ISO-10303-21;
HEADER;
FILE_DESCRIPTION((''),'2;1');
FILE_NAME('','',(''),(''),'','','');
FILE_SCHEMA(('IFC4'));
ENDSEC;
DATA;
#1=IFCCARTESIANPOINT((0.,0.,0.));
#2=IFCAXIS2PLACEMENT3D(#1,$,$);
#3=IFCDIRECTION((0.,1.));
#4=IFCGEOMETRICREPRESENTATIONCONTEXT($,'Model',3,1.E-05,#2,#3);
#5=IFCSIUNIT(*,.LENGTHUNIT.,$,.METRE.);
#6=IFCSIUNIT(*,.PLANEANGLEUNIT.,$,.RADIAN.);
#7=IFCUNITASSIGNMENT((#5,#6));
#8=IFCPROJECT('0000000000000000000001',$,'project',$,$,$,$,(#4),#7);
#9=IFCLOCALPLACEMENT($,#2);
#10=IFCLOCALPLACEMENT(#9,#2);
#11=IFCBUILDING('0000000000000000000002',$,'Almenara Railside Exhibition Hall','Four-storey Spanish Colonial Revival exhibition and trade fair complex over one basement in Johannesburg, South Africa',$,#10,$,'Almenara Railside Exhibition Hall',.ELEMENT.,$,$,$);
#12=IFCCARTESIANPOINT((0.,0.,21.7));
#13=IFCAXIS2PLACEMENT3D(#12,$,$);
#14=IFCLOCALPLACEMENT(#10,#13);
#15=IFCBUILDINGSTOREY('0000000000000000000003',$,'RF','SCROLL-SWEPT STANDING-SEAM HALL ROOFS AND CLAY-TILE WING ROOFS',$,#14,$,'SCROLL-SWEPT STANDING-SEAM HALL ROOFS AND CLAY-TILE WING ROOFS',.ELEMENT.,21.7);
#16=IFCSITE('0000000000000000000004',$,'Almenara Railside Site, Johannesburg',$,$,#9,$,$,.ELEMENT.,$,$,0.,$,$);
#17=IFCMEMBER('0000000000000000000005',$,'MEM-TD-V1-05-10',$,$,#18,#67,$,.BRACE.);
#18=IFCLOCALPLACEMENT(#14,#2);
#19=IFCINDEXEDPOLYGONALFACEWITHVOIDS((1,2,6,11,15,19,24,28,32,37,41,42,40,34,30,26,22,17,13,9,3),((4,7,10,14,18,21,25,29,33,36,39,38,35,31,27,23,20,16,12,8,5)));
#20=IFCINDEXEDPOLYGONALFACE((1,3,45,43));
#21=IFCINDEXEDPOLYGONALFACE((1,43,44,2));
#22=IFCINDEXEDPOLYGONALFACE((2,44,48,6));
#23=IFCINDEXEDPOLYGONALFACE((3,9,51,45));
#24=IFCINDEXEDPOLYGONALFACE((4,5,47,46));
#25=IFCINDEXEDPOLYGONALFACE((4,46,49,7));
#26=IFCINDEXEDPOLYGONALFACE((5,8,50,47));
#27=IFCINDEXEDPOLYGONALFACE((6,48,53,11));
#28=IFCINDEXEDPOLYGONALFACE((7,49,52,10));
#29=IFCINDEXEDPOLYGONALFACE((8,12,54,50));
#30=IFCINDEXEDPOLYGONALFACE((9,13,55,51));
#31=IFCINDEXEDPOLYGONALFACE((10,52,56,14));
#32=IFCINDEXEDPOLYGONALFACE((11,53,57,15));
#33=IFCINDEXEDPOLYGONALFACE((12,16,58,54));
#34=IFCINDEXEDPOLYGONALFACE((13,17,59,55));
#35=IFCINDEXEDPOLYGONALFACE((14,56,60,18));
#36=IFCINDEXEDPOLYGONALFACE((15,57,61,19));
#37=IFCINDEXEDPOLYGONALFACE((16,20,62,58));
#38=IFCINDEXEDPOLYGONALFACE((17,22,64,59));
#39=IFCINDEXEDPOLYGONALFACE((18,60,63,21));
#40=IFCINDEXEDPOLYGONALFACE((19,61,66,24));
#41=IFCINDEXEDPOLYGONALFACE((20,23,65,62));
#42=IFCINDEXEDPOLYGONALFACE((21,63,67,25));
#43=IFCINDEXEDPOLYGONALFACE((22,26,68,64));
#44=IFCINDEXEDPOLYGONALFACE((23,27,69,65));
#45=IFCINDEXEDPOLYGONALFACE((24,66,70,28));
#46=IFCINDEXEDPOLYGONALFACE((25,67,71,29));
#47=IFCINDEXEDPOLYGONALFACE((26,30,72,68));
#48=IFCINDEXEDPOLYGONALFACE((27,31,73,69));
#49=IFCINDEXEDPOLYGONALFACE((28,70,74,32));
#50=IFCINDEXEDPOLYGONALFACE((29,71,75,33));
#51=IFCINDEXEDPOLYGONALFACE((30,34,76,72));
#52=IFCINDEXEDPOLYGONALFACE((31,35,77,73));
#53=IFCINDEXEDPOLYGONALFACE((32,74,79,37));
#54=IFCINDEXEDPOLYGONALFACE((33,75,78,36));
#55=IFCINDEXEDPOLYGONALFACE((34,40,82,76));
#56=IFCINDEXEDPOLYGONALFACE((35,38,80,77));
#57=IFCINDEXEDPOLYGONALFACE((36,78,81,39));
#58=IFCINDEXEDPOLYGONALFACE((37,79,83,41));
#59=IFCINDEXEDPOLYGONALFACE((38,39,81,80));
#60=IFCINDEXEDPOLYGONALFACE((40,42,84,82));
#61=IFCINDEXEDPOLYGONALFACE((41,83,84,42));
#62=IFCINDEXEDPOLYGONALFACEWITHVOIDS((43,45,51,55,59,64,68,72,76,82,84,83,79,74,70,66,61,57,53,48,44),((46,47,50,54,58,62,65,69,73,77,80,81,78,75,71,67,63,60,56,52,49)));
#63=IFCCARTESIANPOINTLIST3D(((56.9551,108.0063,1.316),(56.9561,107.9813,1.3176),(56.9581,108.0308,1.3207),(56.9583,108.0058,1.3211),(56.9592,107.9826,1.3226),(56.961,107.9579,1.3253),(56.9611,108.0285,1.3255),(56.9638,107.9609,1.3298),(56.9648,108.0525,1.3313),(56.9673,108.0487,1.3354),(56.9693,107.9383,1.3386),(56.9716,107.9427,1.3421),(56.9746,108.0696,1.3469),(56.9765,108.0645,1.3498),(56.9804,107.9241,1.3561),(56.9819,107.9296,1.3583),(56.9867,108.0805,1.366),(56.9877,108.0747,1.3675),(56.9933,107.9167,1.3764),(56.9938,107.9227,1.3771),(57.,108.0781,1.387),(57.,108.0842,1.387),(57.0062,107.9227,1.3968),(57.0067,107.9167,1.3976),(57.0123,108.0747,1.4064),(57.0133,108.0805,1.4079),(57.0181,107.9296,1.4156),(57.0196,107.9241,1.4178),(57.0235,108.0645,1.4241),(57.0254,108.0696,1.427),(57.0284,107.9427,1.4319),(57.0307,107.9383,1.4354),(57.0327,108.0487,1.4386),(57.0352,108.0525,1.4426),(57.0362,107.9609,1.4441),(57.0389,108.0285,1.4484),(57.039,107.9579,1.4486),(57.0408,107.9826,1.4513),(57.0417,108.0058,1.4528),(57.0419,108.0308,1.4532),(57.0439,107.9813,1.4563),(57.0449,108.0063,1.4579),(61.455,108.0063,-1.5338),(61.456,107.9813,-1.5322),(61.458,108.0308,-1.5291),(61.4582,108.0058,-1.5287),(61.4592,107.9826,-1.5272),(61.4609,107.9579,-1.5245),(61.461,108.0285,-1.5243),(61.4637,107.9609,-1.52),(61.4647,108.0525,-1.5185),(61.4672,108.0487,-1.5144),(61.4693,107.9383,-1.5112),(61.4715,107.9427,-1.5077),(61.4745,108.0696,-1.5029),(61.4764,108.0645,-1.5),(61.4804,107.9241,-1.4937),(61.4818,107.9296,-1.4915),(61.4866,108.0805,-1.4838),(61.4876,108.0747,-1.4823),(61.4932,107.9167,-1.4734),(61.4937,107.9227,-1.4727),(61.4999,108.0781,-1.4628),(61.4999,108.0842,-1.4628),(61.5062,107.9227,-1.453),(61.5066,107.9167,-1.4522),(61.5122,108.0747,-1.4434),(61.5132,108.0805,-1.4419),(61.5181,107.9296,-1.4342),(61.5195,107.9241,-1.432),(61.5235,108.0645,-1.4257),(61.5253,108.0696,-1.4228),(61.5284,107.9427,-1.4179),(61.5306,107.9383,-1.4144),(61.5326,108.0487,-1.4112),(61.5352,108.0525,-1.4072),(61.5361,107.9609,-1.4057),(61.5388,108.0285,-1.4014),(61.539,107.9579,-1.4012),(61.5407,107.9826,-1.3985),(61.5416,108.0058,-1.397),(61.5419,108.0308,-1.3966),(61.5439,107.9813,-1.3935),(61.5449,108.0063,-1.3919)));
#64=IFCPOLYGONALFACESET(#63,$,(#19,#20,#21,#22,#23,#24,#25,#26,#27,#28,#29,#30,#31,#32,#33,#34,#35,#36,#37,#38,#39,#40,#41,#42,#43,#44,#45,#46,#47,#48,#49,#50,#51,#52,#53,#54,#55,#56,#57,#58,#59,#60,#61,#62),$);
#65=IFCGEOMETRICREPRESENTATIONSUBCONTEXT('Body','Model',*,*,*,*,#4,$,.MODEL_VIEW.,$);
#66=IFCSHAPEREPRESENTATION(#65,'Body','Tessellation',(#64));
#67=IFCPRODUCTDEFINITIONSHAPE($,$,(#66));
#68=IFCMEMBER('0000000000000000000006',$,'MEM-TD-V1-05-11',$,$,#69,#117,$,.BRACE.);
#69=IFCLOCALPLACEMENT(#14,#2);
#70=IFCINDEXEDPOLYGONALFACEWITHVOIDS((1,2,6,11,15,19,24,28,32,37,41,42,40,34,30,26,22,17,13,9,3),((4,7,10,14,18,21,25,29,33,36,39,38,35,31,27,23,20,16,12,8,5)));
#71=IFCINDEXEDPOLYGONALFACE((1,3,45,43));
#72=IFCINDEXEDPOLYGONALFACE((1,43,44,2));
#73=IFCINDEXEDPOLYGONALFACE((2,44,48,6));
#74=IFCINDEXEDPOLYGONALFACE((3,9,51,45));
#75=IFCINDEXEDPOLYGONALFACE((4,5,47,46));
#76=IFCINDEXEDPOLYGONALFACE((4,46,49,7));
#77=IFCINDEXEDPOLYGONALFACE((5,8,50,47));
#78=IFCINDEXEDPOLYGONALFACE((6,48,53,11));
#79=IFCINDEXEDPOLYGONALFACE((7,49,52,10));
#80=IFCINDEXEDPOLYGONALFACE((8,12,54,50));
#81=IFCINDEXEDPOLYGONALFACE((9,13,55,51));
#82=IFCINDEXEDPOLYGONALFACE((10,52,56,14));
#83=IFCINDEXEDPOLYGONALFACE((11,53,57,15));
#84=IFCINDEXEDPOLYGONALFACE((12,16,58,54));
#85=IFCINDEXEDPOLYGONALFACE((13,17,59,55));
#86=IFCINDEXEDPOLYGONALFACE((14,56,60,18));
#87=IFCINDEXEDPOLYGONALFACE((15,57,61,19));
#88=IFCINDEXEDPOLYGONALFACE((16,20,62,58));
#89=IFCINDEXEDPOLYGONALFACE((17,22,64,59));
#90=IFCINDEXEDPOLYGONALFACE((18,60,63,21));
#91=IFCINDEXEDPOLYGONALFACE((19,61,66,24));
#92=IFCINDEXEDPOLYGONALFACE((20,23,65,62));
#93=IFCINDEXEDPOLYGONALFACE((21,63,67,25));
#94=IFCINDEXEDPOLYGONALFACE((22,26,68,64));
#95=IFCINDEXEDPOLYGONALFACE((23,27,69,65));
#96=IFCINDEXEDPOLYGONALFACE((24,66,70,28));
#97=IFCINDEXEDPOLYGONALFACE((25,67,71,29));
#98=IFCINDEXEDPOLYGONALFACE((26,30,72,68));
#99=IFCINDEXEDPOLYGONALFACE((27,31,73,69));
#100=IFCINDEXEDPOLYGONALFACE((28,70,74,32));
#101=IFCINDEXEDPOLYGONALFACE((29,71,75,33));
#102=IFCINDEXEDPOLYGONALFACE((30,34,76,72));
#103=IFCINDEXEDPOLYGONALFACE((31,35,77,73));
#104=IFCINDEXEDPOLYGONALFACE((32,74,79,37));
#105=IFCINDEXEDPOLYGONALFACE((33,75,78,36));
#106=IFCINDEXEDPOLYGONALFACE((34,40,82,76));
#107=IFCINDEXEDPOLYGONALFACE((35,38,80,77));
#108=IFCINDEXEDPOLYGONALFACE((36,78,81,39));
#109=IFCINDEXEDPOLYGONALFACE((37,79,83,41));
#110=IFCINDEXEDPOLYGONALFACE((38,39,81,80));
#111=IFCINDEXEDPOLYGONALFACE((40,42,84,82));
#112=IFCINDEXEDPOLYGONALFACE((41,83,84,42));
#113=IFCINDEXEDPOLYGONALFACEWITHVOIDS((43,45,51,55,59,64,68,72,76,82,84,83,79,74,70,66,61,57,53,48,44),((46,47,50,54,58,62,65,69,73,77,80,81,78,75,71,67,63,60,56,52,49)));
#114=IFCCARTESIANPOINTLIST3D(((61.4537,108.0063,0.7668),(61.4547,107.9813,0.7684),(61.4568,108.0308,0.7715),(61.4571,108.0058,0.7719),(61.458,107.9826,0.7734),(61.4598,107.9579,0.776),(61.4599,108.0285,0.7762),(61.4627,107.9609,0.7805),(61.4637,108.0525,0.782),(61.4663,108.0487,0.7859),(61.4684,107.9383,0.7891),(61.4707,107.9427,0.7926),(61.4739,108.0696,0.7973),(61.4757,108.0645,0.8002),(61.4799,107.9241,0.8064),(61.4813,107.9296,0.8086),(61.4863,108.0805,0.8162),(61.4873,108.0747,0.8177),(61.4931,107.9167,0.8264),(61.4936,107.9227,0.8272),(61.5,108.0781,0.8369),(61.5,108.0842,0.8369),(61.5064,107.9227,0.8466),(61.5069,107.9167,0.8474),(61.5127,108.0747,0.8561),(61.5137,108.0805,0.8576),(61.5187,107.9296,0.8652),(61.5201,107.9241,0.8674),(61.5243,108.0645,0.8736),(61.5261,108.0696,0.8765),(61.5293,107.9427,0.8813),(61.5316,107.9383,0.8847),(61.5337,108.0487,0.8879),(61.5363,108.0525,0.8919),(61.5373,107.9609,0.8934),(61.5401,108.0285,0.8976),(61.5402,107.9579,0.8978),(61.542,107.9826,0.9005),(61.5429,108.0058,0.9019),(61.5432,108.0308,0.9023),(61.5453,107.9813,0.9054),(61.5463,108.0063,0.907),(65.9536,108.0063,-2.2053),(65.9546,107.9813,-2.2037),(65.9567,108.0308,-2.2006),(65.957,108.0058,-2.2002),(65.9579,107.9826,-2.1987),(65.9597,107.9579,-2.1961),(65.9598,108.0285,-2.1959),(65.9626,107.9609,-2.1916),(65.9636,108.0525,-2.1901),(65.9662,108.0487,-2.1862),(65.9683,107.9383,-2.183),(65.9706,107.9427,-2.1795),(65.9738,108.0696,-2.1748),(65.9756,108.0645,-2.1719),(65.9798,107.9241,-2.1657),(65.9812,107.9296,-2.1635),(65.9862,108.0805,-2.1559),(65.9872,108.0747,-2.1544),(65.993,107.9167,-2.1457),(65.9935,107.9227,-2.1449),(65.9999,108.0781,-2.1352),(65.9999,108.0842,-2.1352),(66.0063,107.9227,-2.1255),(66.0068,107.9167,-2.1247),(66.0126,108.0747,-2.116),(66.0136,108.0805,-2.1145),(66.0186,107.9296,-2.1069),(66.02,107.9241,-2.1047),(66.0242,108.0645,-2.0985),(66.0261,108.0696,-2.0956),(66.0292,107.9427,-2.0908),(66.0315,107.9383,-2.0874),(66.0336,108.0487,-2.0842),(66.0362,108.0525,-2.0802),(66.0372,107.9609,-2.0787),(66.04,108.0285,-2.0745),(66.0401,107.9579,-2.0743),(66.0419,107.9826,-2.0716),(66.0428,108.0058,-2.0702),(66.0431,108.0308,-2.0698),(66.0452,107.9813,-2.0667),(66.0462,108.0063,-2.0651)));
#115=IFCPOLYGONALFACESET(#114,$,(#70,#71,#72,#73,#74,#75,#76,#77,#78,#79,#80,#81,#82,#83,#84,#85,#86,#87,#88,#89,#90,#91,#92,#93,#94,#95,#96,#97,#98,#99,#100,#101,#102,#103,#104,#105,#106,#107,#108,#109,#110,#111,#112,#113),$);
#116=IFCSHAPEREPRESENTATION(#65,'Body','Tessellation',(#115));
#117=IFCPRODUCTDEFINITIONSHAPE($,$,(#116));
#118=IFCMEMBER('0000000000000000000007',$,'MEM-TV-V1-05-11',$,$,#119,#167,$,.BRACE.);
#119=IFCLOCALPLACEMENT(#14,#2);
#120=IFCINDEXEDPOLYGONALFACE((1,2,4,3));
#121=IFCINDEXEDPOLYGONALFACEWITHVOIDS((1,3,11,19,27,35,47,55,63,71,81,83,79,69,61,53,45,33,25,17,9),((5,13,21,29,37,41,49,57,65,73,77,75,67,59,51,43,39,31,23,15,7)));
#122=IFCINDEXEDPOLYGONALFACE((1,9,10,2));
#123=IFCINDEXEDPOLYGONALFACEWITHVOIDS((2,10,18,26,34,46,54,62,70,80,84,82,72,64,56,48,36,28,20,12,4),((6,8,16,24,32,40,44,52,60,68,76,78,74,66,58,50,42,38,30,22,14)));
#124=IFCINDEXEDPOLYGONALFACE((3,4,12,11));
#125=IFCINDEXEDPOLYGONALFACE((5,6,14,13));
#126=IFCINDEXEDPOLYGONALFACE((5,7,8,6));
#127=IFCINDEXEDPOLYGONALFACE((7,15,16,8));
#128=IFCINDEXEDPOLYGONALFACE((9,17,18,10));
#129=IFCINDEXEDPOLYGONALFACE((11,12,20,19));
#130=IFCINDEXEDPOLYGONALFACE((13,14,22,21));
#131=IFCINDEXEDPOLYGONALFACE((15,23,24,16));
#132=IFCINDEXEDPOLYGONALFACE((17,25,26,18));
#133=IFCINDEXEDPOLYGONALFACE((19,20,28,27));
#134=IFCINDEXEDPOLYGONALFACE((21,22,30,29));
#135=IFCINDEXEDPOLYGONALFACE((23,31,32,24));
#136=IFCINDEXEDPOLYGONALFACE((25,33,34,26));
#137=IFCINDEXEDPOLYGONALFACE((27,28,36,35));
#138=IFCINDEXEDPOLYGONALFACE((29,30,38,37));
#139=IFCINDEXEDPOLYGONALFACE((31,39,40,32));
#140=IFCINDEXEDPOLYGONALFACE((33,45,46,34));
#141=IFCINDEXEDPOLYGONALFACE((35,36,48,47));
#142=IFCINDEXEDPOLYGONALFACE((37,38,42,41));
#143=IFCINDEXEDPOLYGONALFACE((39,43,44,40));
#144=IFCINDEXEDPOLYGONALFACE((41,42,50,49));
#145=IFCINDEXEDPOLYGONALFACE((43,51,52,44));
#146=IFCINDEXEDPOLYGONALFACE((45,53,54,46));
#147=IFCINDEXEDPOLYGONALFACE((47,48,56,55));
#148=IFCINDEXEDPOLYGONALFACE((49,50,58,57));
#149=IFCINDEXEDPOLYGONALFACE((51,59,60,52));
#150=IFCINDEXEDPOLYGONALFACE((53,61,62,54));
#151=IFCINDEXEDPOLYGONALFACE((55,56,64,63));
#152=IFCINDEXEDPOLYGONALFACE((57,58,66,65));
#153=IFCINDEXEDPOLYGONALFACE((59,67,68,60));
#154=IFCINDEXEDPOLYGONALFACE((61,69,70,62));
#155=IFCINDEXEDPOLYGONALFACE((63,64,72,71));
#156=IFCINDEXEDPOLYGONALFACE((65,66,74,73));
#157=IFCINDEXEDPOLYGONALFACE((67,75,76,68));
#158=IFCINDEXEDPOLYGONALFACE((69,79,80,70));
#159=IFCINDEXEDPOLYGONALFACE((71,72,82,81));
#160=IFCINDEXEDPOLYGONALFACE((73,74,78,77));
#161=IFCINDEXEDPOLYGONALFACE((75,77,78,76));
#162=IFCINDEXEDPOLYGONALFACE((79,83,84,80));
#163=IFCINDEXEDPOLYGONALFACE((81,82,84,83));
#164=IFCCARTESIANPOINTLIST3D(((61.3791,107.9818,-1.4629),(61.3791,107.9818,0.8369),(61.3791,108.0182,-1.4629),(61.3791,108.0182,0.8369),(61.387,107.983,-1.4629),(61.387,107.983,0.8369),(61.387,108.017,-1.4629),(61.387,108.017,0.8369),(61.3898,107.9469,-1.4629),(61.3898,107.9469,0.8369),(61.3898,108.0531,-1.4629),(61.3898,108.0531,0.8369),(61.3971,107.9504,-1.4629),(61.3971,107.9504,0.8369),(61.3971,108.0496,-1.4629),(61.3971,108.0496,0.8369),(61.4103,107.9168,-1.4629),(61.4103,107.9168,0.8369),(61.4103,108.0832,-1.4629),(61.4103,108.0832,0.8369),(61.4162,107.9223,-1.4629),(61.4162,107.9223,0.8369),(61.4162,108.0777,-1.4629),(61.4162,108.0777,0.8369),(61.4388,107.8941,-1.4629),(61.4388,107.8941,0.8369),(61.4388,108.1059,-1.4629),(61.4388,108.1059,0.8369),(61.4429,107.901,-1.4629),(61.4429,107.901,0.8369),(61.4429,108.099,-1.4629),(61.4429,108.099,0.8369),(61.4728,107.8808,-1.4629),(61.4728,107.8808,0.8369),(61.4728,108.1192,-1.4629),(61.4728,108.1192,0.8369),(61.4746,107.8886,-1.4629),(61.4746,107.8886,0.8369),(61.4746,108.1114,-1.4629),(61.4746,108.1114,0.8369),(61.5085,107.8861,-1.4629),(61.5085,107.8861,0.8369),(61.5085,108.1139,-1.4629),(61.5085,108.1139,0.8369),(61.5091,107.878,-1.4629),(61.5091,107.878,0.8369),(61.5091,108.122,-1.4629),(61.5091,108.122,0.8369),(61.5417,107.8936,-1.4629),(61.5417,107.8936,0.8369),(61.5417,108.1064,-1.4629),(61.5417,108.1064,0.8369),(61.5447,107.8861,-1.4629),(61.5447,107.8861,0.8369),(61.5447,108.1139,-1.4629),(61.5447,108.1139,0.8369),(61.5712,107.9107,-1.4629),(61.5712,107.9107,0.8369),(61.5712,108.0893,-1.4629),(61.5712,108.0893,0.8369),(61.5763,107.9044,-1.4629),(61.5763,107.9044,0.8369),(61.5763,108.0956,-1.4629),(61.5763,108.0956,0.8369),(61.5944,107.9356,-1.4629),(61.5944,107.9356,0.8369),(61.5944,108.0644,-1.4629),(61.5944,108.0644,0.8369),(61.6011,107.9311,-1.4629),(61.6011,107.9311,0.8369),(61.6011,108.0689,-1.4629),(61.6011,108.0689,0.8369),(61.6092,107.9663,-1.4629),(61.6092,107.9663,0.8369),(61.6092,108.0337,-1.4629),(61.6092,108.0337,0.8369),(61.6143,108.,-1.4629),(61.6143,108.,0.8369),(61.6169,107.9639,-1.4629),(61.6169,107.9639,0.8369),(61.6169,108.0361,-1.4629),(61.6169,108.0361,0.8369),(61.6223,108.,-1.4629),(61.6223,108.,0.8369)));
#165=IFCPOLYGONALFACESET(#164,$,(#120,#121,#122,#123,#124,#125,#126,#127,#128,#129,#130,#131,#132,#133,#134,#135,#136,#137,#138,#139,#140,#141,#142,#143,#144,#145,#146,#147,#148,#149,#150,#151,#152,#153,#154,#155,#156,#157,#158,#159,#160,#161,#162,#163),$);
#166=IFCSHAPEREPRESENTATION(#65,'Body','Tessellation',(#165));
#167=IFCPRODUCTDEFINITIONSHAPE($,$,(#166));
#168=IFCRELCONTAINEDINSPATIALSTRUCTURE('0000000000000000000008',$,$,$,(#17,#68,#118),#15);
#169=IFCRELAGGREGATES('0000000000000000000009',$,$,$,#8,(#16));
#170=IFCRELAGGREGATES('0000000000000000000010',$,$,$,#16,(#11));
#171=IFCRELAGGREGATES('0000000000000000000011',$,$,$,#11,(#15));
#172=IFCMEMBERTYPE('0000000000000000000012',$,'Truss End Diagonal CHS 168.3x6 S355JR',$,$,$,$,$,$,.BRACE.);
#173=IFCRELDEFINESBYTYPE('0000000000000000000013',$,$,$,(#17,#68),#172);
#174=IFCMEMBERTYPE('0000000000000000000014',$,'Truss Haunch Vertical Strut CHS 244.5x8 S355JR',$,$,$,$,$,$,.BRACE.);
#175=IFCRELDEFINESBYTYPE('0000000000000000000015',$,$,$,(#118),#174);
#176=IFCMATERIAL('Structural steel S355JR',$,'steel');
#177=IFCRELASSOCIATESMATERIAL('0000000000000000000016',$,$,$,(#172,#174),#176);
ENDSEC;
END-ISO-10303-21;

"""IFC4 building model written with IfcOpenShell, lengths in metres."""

from ifc_helpers import new_model, si_unit, direction, frame, origin, origin_2d, place, context, subcontext, project, spatial, hollow_circle, extrude, material, material_profile, profile_set, type_object, element, save


model = new_model("IFC4")

# Units and contexts
model_context = context("Model", 3, precision=1e-05, world=origin(), true_north=direction((0.0, 1.0)))
body_context = subcontext(model_context, "Body", "Model", "MODEL_VIEW")
ifc_project = project(units=[si_unit("LENGTHUNIT", "METRE"), si_unit("PLANEANGLEUNIT", "RADIAN")], contexts=[model_context])

# Site, building, storey
site_placement = place(None, origin())
site = spatial("IfcSite", under=ifc_project, at=site_placement, Name="Almenara Railside Site, Johannesburg", CompositionType="ELEMENT", RefElevation=0.0)
building_placement = place(site_placement, origin())
building = spatial("IfcBuilding", under=site, at=building_placement, Name="Almenara Railside Exhibition Hall", Description="Four-storey Spanish Colonial Revival exhibition and trade fair complex over one basement in Johannesburg, South Africa", LongName="Almenara Railside Exhibition Hall", CompositionType="ELEMENT")
storey_placement = place(building_placement, frame((0.0, 0.0, 21.7)))
storey = spatial("IfcBuildingStorey", under=building, at=storey_placement, Name="RF", Description="SCROLL-SWEPT STANDING-SEAM HALL ROOFS AND CLAY-TILE WING ROOFS", LongName="SCROLL-SWEPT STANDING-SEAM HALL ROOFS AND CLAY-TILE WING ROOFS", CompositionType="ELEMENT", Elevation=21.7)

# Shared definitions
ifc_material_1 = material(Name="Structural steel S355JR", Category="steel")

# Members
ifc_material_profile_1 = material_profile(ifc_material_1, hollow_circle(Radius=0.0842, WallThickness=0.0061, at=origin_2d()), Name="CHS 168.3x6")
ifc_profile_set_1 = profile_set([ifc_material_profile_1], Name="Structural steel S355JR")
member_type_1 = type_object("IfcMemberType", Name="Truss End Diagonal CHS 168.3x6 S355JR", PredefinedType="BRACE", material=ifc_profile_set_1)
member_1_placement = place(storey_placement, frame((57.0, 108.0, 1.387), z_axis=(0.844832, 0.0, -0.535032), x_axis=(0.0, 1.0, 0.0)))
element("IfcMember", 1, at=member_1_placement, inside=storey, type_object=member_type_1, Name="MEM-TD-V1-05-10", PredefinedType="BRACE", context=body_context, shape_type="SweptSolid", body=[
    extrude(hollow_circle(Radius=0.0842, WallThickness=0.0061, at=origin_2d()), origin(), (0.0, 0.0, 1.0), 5.3264),
])
member_2_placement = place(storey_placement, frame((61.5, 108.0, 0.8369), z_axis=(0.834425, 0.0, -0.551122), x_axis=(0.0, 1.0, 0.0)))
element("IfcMember", 2, at=member_2_placement, inside=storey, type_object=member_type_1, Name="MEM-TD-V1-05-11", PredefinedType="BRACE", context=body_context, shape_type="SweptSolid", body=[
    extrude(hollow_circle(Radius=0.0842, WallThickness=0.0061, at=origin_2d()), origin(), (0.0, 0.0, 1.0), 5.3928),
])
ifc_material_profile_2 = material_profile(ifc_material_1, hollow_circle(Radius=0.1223, WallThickness=0.0081, at=origin_2d()), Name="CHS 244.5x8")
ifc_profile_set_2 = profile_set([ifc_material_profile_2], Name="Structural steel S355JR")
member_type_2 = type_object("IfcMemberType", Name="Truss Haunch Vertical Strut CHS 244.5x8 S355JR", PredefinedType="BRACE", material=ifc_profile_set_2)
member_3_placement = place(storey_placement, frame((61.5, 108.0, -1.4629), z_axis=(0.0, 0.0, 1.0), x_axis=(1.0, 0.0, 0.0)))
element("IfcMember", 3, at=member_3_placement, inside=storey, type_object=member_type_2, Name="MEM-TV-V1-05-11", PredefinedType="BRACE", context=body_context, shape_type="SweptSolid", body=[
    extrude(hollow_circle(Radius=0.1223, WallThickness=0.0081, at=origin_2d()), origin(), (0.0, 0.0, 1.0), 2.2998),
])

save(model, "model.ifc")
